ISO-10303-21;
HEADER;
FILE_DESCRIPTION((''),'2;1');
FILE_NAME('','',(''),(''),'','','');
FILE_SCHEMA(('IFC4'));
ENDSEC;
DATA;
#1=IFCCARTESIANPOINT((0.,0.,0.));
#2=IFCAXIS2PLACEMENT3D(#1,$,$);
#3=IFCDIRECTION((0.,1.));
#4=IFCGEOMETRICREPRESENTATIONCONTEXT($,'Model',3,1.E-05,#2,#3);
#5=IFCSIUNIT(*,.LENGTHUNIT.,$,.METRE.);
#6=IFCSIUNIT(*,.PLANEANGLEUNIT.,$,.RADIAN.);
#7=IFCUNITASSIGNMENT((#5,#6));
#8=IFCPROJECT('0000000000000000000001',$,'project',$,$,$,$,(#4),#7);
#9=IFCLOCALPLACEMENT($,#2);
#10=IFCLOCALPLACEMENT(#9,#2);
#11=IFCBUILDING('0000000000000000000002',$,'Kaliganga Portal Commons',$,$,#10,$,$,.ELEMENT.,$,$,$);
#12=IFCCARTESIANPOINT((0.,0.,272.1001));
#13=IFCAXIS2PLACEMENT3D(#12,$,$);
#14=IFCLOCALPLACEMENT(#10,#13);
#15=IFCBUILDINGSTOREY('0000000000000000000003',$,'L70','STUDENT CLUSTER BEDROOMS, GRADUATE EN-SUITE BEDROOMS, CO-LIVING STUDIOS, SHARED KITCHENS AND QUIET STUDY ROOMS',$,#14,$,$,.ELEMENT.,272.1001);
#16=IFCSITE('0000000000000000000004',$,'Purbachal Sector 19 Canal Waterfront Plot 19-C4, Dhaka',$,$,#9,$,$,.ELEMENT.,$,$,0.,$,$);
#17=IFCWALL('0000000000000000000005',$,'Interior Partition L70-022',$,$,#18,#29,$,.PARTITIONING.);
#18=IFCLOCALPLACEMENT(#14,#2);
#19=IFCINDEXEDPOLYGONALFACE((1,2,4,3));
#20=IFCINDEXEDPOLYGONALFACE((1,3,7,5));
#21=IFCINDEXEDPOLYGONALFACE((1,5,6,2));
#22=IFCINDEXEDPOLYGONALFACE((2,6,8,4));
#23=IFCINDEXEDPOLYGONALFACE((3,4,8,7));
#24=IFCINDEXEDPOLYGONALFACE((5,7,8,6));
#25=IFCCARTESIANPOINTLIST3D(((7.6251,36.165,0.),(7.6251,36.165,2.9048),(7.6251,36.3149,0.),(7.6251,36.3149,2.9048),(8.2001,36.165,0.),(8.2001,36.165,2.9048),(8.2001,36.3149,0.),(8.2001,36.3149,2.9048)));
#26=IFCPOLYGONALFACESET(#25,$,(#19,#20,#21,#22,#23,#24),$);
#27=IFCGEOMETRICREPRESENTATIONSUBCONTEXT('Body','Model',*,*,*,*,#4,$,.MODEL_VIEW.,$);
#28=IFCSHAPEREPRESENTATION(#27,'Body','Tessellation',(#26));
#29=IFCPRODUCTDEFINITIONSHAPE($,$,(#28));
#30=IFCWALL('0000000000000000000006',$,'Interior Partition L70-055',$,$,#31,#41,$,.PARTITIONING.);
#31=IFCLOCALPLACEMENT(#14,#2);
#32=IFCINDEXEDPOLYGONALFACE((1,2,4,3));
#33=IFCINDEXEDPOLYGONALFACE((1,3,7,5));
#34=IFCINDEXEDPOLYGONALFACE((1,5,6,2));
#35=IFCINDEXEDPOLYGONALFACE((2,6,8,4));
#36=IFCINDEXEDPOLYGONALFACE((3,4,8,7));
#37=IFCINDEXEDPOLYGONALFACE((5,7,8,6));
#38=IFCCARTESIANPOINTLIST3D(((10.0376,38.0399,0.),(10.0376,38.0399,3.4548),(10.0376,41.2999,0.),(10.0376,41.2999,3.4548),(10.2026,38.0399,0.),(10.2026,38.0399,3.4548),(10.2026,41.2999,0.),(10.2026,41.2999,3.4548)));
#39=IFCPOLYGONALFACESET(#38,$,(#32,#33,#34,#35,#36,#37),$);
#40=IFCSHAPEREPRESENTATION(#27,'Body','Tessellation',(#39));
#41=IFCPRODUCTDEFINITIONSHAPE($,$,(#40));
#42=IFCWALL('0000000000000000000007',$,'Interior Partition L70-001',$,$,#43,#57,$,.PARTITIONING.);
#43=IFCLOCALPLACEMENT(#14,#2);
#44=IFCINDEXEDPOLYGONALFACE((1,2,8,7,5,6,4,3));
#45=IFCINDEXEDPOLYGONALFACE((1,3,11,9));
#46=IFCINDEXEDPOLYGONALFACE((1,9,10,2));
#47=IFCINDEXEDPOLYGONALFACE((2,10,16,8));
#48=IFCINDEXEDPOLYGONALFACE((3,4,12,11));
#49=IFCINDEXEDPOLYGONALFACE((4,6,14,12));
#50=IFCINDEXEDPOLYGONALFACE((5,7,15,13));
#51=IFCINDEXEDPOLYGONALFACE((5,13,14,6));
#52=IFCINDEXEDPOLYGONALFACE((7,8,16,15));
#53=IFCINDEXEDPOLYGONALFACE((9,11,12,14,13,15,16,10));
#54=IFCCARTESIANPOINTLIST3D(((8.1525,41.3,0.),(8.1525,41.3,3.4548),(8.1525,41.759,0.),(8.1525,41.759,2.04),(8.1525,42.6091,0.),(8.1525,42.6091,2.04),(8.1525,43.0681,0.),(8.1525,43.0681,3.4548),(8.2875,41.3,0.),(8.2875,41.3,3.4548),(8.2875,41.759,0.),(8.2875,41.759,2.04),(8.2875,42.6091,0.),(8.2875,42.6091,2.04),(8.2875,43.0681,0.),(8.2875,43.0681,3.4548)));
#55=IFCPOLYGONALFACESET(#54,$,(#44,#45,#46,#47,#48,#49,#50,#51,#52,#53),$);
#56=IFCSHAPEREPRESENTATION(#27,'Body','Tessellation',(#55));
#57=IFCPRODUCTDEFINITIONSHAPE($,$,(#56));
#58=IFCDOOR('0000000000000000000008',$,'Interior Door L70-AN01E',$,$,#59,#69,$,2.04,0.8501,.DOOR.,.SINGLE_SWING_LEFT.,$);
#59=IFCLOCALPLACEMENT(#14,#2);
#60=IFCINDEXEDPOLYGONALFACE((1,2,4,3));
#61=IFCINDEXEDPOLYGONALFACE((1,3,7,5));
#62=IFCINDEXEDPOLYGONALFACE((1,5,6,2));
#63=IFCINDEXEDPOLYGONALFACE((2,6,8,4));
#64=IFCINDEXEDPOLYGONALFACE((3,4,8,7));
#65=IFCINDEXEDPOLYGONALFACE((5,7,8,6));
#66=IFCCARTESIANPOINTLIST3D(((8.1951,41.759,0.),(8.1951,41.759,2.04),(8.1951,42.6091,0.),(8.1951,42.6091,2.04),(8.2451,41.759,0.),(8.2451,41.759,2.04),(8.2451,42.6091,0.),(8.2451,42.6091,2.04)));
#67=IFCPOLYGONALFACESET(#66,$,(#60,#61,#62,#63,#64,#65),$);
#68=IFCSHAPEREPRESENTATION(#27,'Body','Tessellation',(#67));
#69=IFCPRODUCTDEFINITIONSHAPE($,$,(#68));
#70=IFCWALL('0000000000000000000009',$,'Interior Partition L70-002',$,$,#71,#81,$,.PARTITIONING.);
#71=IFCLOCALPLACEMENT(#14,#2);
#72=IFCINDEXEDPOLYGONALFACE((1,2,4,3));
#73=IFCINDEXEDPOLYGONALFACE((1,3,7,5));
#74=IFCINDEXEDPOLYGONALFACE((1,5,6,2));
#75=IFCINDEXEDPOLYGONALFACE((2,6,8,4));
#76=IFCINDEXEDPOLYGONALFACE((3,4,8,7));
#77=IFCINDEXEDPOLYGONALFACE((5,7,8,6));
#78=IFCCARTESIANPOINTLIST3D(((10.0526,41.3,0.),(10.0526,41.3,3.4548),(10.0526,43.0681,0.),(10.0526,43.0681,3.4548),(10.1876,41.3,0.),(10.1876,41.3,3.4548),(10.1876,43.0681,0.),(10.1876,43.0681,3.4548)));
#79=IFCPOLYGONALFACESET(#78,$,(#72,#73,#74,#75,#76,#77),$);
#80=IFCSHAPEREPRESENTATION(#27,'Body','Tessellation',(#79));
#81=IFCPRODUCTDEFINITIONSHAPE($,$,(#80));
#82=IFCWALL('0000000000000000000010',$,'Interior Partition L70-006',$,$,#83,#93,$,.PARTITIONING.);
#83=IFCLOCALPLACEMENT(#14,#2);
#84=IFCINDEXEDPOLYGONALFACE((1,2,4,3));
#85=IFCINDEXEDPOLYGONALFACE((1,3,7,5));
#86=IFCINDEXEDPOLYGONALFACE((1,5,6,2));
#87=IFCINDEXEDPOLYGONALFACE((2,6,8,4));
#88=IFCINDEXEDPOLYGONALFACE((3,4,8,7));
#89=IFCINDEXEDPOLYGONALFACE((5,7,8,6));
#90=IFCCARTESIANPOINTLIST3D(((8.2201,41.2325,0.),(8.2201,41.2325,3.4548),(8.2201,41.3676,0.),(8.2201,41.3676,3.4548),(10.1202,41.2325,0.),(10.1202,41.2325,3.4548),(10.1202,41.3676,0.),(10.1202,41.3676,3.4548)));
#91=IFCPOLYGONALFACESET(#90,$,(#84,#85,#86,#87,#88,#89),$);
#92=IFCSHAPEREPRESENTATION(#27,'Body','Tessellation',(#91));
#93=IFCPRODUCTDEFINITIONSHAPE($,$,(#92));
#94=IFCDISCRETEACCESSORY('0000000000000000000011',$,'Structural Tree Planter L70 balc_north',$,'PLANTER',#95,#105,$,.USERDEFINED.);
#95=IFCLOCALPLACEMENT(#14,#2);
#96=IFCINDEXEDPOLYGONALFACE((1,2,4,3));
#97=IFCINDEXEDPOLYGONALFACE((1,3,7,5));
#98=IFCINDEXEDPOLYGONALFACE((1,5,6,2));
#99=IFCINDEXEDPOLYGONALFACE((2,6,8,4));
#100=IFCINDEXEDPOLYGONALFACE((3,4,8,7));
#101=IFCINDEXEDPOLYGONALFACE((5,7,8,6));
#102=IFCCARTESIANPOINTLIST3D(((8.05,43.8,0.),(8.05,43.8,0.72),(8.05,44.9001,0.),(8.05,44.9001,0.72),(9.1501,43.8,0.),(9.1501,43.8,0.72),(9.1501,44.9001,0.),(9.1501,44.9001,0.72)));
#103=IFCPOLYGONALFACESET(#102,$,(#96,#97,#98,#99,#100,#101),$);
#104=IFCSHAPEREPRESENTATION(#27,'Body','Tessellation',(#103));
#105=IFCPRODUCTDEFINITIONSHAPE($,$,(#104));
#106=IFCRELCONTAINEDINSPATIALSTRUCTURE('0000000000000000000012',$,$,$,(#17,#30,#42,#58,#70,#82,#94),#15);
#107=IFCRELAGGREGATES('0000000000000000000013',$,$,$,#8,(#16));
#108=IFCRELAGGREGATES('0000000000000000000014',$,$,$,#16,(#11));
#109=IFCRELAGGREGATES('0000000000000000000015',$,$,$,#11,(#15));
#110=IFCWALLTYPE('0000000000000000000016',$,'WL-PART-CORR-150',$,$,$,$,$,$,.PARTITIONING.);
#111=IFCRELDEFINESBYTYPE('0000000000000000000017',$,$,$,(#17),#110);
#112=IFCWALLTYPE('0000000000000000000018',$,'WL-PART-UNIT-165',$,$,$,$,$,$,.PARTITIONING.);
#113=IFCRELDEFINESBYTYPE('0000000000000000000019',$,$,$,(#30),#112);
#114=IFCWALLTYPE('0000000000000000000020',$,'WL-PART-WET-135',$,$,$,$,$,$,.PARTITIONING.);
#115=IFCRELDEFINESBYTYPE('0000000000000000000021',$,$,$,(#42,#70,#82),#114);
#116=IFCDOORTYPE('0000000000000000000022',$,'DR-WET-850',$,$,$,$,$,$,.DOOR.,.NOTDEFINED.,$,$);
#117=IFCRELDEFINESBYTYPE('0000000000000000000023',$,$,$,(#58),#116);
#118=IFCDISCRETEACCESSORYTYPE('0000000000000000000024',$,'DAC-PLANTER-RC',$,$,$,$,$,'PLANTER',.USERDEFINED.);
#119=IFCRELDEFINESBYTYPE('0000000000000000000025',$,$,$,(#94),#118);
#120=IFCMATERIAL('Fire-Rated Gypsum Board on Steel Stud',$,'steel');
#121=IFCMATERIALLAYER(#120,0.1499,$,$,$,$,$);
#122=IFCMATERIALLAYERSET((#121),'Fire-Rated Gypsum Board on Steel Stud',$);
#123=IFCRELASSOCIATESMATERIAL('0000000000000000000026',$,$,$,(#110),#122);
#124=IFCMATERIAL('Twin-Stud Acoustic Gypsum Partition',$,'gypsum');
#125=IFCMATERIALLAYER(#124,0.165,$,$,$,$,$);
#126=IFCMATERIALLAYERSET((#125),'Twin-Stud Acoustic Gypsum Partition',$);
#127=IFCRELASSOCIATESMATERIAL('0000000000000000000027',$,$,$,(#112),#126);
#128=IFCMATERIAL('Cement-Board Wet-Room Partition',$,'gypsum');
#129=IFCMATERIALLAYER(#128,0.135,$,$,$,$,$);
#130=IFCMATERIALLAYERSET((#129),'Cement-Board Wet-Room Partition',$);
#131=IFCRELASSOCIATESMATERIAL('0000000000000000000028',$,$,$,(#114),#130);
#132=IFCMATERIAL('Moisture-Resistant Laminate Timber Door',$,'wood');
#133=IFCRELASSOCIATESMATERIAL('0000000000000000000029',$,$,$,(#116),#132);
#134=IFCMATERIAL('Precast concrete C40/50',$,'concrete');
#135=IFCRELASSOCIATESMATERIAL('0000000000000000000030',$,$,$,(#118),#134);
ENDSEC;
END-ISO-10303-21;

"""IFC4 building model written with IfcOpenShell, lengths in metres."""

from ifc_helpers import new_model, si_unit, direction, frame, frame_2d, origin, origin_2d, place, context, subcontext, project, spatial, rectangle, extrude, source, transform, mapped, material, layer, layer_set, type_object, element, fill, save


model = new_model("IFC4")

# Units and contexts
model_context = context("Model", 3, precision=1e-05, world=origin(), true_north=direction((0.0, 1.0)))
body_context = subcontext(model_context, "Body", "Model", "MODEL_VIEW")
ifc_project = project(units=[si_unit("LENGTHUNIT", "METRE"), si_unit("PLANEANGLEUNIT", "RADIAN")], contexts=[model_context])

# Site, building, storey
site_placement = place(None, origin())
site = spatial("IfcSite", under=ifc_project, at=site_placement, Name="Purbachal Sector 19 Canal Waterfront Plot 19-C4, Dhaka", CompositionType="ELEMENT", RefElevation=0.0)
building_placement = place(site_placement, origin())
building = spatial("IfcBuilding", under=site, at=building_placement, Name="Kaliganga Portal Commons", CompositionType="ELEMENT")
storey_placement = place(building_placement, frame((0.0, 0.0, 272.1001)))
storey = spatial("IfcBuildingStorey", under=building, at=storey_placement, Name="L70", Description="STUDENT CLUSTER BEDROOMS, GRADUATE EN-SUITE BEDROOMS, CO-LIVING STUDIOS, SHARED KITCHENS AND QUIET STUDY ROOMS", CompositionType="ELEMENT", Elevation=272.1001)

# Shared definitions
ifc_material_1 = material(Name="Fire-Rated Gypsum Board on Steel Stud", Category="steel")
ifc_layer_1 = layer(ifc_material_1, 0.1499)
ifc_layer_set_1 = layer_set([ifc_layer_1], Name="Fire-Rated Gypsum Board on Steel Stud")
wall_type_1 = type_object("IfcWallType", Name="WL-PART-CORR-150", PredefinedType="PARTITIONING", material=ifc_layer_set_1)

# Walls
wall_1_placement = place(storey_placement, frame((7.625, 36.24, 0.0), z_axis=(0.0, 0.0, 1.0), x_axis=(1.0, 0.0, 0.0)))
element("IfcWall", 1, at=wall_1_placement, inside=storey, type_object=wall_type_1, Name="Interior Partition L70-022", PredefinedType="PARTITIONING", context=body_context, shape_type="SweptSolid", body=[
    extrude(rectangle(XDim=0.575, YDim=0.1499, at=frame_2d((0.2876, 0.0))), origin(), (0.0, 0.0, 1.0), 2.9048),
])
ifc_material_2 = material(Name="Twin-Stud Acoustic Gypsum Partition", Category="gypsum")
ifc_layer_2 = layer(ifc_material_2, 0.165)
ifc_layer_set_2 = layer_set([ifc_layer_2], Name="Twin-Stud Acoustic Gypsum Partition")
wall_type_2 = type_object("IfcWallType", Name="WL-PART-UNIT-165", PredefinedType="PARTITIONING", material=ifc_layer_set_2)
wall_2_placement = place(storey_placement, frame((10.1201, 38.04, 0.0), z_axis=(0.0, 0.0, 1.0), x_axis=(0.0, 1.0, 0.0)))
element("IfcWall", 2, at=wall_2_placement, inside=storey, type_object=wall_type_2, Name="Interior Partition L70-055", PredefinedType="PARTITIONING", context=body_context, shape_type="SweptSolid", body=[
    extrude(rectangle(XDim=3.26, YDim=0.165, at=frame_2d((1.6299, 0.0))), origin(), (0.0, 0.0, 1.0), 3.4548),
])

# Wall, opening, door
ifc_material_3 = material(Name="Cement-Board Wet-Room Partition", Category="gypsum")
ifc_layer_3 = layer(ifc_material_3, 0.135)
ifc_layer_set_3 = layer_set([ifc_layer_3], Name="Cement-Board Wet-Room Partition")
wall_type_3 = type_object("IfcWallType", Name="WL-PART-WET-135", PredefinedType="PARTITIONING", material=ifc_layer_set_3)
wall_3_placement = place(storey_placement, frame((8.22, 41.3, 0.0), z_axis=(0.0, 0.0, 1.0), x_axis=(0.0, 1.0, 0.0)))
wall_3 = element("IfcWall", 3, at=wall_3_placement, inside=storey, type_object=wall_type_3, Name="Interior Partition L70-001", PredefinedType="PARTITIONING", context=body_context, shape_type="SweptSolid", body=[
    extrude(rectangle(XDim=1.7681, YDim=0.135, at=frame_2d((0.884, 0.0))), origin(), (0.0, 0.0, 1.0), 3.4548),
])
opening_1_placement = place(wall_3_placement, frame((0.459, 0.0, 0.0)))
opening_1 = element("IfcOpeningElement", 4, at=opening_1_placement, cuts=wall_3, PredefinedType="OPENING", context=body_context, shape_type="SweptSolid", body=[
    extrude(rectangle(XDim=0.8501, YDim=2.04, at=frame_2d((0.425, 1.02))), frame((0.0, 0.0776, 0.0), z_axis=(0.0, -1.0, 0.0), x_axis=(1.0, 0.0, 0.0)), (0.0, 0.0, 1.0), 0.155),
])
ifc_material_4 = material(Name="Moisture-Resistant Laminate Timber Door", Category="wood")
door_type_1 = type_object("IfcDoorType", Name="DR-WET-850", OperationType="NOTDEFINED", PredefinedType="DOOR", material=ifc_material_4)
door_1_placement = place(opening_1_placement, origin())
door_1 = element("IfcDoor", 5, at=door_1_placement, inside=storey, type_object=door_type_1, Name="Interior Door L70-AN01E", OperationType="SINGLE_SWING_LEFT", OverallHeight=2.04, OverallWidth=0.8501, PredefinedType="DOOR", context=body_context, shape_type="SweptSolid", body=[
    extrude(rectangle(XDim=0.8501, YDim=2.04, at=frame_2d((0.425, 1.02))), frame((0.0, 0.0249, 0.0), z_axis=(0.0, -1.0, 0.0), x_axis=(1.0, 0.0, 0.0)), (0.0, 0.0, 1.0), 0.05),
])
fill(opening_1, door_1)

# Walls
wall_4_placement = place(storey_placement, frame((10.1201, 41.3, 0.0), z_axis=(0.0, 0.0, 1.0), x_axis=(0.0, 1.0, 0.0)))
element("IfcWall", 6, at=wall_4_placement, inside=storey, type_object=wall_type_3, Name="Interior Partition L70-002", PredefinedType="PARTITIONING", context=body_context, shape_type="SweptSolid", body=[
    extrude(rectangle(XDim=1.7681, YDim=0.135, at=frame_2d((0.884, 0.0))), origin(), (0.0, 0.0, 1.0), 3.4548),
])
wall_5_placement = place(storey_placement, frame((8.22, 41.3, 0.0), z_axis=(0.0, 0.0, 1.0), x_axis=(1.0, 0.0, 0.0)))
element("IfcWall", 7, at=wall_5_placement, inside=storey, type_object=wall_type_3, Name="Interior Partition L70-006", PredefinedType="PARTITIONING", context=body_context, shape_type="SweptSolid", body=[
    extrude(rectangle(XDim=1.9001, YDim=0.135, at=frame_2d((0.9502, 0.0))), origin(), (0.0, 0.0, 1.0), 3.4548),
])

# Discrete accessory
ifc_material_5 = material(Name="Precast concrete C40/50", Category="concrete")
discrete_accessory_type = type_object("IfcDiscreteAccessoryType", Name="DAC-PLANTER-RC", ElementType="PLANTER", PredefinedType="USERDEFINED", material=ifc_material_5)
shared_shape_1 = source(origin(), body_context, "Body", "SweptSolid", [
    extrude(rectangle(XDim=1.1001, YDim=1.1001, at=origin_2d()), origin(), (0.0, 0.0, 1.0), 0.72),
])
discrete_accessory_placement = place(storey_placement, frame((8.6001, 44.3501, 0.0), z_axis=(0.0, 0.0, 1.0), x_axis=(1.0, 0.0, 0.0)))
element("IfcDiscreteAccessory", 8, at=discrete_accessory_placement, inside=storey, type_object=discrete_accessory_type, Name="Structural Tree Planter L70 balc_north", ObjectType="PLANTER", PredefinedType="USERDEFINED", context=body_context, shape_type="MappedRepresentation", body=[
    mapped(shared_shape_1, transform((0.0, 0.0, 0.0), x_axis=(1.0, 0.0, 0.0), y_axis=(0.0, 1.0, 0.0), z_axis=(0.0, 0.0, 1.0), scale=1.0)),
])

save(model, "model.ifc")
